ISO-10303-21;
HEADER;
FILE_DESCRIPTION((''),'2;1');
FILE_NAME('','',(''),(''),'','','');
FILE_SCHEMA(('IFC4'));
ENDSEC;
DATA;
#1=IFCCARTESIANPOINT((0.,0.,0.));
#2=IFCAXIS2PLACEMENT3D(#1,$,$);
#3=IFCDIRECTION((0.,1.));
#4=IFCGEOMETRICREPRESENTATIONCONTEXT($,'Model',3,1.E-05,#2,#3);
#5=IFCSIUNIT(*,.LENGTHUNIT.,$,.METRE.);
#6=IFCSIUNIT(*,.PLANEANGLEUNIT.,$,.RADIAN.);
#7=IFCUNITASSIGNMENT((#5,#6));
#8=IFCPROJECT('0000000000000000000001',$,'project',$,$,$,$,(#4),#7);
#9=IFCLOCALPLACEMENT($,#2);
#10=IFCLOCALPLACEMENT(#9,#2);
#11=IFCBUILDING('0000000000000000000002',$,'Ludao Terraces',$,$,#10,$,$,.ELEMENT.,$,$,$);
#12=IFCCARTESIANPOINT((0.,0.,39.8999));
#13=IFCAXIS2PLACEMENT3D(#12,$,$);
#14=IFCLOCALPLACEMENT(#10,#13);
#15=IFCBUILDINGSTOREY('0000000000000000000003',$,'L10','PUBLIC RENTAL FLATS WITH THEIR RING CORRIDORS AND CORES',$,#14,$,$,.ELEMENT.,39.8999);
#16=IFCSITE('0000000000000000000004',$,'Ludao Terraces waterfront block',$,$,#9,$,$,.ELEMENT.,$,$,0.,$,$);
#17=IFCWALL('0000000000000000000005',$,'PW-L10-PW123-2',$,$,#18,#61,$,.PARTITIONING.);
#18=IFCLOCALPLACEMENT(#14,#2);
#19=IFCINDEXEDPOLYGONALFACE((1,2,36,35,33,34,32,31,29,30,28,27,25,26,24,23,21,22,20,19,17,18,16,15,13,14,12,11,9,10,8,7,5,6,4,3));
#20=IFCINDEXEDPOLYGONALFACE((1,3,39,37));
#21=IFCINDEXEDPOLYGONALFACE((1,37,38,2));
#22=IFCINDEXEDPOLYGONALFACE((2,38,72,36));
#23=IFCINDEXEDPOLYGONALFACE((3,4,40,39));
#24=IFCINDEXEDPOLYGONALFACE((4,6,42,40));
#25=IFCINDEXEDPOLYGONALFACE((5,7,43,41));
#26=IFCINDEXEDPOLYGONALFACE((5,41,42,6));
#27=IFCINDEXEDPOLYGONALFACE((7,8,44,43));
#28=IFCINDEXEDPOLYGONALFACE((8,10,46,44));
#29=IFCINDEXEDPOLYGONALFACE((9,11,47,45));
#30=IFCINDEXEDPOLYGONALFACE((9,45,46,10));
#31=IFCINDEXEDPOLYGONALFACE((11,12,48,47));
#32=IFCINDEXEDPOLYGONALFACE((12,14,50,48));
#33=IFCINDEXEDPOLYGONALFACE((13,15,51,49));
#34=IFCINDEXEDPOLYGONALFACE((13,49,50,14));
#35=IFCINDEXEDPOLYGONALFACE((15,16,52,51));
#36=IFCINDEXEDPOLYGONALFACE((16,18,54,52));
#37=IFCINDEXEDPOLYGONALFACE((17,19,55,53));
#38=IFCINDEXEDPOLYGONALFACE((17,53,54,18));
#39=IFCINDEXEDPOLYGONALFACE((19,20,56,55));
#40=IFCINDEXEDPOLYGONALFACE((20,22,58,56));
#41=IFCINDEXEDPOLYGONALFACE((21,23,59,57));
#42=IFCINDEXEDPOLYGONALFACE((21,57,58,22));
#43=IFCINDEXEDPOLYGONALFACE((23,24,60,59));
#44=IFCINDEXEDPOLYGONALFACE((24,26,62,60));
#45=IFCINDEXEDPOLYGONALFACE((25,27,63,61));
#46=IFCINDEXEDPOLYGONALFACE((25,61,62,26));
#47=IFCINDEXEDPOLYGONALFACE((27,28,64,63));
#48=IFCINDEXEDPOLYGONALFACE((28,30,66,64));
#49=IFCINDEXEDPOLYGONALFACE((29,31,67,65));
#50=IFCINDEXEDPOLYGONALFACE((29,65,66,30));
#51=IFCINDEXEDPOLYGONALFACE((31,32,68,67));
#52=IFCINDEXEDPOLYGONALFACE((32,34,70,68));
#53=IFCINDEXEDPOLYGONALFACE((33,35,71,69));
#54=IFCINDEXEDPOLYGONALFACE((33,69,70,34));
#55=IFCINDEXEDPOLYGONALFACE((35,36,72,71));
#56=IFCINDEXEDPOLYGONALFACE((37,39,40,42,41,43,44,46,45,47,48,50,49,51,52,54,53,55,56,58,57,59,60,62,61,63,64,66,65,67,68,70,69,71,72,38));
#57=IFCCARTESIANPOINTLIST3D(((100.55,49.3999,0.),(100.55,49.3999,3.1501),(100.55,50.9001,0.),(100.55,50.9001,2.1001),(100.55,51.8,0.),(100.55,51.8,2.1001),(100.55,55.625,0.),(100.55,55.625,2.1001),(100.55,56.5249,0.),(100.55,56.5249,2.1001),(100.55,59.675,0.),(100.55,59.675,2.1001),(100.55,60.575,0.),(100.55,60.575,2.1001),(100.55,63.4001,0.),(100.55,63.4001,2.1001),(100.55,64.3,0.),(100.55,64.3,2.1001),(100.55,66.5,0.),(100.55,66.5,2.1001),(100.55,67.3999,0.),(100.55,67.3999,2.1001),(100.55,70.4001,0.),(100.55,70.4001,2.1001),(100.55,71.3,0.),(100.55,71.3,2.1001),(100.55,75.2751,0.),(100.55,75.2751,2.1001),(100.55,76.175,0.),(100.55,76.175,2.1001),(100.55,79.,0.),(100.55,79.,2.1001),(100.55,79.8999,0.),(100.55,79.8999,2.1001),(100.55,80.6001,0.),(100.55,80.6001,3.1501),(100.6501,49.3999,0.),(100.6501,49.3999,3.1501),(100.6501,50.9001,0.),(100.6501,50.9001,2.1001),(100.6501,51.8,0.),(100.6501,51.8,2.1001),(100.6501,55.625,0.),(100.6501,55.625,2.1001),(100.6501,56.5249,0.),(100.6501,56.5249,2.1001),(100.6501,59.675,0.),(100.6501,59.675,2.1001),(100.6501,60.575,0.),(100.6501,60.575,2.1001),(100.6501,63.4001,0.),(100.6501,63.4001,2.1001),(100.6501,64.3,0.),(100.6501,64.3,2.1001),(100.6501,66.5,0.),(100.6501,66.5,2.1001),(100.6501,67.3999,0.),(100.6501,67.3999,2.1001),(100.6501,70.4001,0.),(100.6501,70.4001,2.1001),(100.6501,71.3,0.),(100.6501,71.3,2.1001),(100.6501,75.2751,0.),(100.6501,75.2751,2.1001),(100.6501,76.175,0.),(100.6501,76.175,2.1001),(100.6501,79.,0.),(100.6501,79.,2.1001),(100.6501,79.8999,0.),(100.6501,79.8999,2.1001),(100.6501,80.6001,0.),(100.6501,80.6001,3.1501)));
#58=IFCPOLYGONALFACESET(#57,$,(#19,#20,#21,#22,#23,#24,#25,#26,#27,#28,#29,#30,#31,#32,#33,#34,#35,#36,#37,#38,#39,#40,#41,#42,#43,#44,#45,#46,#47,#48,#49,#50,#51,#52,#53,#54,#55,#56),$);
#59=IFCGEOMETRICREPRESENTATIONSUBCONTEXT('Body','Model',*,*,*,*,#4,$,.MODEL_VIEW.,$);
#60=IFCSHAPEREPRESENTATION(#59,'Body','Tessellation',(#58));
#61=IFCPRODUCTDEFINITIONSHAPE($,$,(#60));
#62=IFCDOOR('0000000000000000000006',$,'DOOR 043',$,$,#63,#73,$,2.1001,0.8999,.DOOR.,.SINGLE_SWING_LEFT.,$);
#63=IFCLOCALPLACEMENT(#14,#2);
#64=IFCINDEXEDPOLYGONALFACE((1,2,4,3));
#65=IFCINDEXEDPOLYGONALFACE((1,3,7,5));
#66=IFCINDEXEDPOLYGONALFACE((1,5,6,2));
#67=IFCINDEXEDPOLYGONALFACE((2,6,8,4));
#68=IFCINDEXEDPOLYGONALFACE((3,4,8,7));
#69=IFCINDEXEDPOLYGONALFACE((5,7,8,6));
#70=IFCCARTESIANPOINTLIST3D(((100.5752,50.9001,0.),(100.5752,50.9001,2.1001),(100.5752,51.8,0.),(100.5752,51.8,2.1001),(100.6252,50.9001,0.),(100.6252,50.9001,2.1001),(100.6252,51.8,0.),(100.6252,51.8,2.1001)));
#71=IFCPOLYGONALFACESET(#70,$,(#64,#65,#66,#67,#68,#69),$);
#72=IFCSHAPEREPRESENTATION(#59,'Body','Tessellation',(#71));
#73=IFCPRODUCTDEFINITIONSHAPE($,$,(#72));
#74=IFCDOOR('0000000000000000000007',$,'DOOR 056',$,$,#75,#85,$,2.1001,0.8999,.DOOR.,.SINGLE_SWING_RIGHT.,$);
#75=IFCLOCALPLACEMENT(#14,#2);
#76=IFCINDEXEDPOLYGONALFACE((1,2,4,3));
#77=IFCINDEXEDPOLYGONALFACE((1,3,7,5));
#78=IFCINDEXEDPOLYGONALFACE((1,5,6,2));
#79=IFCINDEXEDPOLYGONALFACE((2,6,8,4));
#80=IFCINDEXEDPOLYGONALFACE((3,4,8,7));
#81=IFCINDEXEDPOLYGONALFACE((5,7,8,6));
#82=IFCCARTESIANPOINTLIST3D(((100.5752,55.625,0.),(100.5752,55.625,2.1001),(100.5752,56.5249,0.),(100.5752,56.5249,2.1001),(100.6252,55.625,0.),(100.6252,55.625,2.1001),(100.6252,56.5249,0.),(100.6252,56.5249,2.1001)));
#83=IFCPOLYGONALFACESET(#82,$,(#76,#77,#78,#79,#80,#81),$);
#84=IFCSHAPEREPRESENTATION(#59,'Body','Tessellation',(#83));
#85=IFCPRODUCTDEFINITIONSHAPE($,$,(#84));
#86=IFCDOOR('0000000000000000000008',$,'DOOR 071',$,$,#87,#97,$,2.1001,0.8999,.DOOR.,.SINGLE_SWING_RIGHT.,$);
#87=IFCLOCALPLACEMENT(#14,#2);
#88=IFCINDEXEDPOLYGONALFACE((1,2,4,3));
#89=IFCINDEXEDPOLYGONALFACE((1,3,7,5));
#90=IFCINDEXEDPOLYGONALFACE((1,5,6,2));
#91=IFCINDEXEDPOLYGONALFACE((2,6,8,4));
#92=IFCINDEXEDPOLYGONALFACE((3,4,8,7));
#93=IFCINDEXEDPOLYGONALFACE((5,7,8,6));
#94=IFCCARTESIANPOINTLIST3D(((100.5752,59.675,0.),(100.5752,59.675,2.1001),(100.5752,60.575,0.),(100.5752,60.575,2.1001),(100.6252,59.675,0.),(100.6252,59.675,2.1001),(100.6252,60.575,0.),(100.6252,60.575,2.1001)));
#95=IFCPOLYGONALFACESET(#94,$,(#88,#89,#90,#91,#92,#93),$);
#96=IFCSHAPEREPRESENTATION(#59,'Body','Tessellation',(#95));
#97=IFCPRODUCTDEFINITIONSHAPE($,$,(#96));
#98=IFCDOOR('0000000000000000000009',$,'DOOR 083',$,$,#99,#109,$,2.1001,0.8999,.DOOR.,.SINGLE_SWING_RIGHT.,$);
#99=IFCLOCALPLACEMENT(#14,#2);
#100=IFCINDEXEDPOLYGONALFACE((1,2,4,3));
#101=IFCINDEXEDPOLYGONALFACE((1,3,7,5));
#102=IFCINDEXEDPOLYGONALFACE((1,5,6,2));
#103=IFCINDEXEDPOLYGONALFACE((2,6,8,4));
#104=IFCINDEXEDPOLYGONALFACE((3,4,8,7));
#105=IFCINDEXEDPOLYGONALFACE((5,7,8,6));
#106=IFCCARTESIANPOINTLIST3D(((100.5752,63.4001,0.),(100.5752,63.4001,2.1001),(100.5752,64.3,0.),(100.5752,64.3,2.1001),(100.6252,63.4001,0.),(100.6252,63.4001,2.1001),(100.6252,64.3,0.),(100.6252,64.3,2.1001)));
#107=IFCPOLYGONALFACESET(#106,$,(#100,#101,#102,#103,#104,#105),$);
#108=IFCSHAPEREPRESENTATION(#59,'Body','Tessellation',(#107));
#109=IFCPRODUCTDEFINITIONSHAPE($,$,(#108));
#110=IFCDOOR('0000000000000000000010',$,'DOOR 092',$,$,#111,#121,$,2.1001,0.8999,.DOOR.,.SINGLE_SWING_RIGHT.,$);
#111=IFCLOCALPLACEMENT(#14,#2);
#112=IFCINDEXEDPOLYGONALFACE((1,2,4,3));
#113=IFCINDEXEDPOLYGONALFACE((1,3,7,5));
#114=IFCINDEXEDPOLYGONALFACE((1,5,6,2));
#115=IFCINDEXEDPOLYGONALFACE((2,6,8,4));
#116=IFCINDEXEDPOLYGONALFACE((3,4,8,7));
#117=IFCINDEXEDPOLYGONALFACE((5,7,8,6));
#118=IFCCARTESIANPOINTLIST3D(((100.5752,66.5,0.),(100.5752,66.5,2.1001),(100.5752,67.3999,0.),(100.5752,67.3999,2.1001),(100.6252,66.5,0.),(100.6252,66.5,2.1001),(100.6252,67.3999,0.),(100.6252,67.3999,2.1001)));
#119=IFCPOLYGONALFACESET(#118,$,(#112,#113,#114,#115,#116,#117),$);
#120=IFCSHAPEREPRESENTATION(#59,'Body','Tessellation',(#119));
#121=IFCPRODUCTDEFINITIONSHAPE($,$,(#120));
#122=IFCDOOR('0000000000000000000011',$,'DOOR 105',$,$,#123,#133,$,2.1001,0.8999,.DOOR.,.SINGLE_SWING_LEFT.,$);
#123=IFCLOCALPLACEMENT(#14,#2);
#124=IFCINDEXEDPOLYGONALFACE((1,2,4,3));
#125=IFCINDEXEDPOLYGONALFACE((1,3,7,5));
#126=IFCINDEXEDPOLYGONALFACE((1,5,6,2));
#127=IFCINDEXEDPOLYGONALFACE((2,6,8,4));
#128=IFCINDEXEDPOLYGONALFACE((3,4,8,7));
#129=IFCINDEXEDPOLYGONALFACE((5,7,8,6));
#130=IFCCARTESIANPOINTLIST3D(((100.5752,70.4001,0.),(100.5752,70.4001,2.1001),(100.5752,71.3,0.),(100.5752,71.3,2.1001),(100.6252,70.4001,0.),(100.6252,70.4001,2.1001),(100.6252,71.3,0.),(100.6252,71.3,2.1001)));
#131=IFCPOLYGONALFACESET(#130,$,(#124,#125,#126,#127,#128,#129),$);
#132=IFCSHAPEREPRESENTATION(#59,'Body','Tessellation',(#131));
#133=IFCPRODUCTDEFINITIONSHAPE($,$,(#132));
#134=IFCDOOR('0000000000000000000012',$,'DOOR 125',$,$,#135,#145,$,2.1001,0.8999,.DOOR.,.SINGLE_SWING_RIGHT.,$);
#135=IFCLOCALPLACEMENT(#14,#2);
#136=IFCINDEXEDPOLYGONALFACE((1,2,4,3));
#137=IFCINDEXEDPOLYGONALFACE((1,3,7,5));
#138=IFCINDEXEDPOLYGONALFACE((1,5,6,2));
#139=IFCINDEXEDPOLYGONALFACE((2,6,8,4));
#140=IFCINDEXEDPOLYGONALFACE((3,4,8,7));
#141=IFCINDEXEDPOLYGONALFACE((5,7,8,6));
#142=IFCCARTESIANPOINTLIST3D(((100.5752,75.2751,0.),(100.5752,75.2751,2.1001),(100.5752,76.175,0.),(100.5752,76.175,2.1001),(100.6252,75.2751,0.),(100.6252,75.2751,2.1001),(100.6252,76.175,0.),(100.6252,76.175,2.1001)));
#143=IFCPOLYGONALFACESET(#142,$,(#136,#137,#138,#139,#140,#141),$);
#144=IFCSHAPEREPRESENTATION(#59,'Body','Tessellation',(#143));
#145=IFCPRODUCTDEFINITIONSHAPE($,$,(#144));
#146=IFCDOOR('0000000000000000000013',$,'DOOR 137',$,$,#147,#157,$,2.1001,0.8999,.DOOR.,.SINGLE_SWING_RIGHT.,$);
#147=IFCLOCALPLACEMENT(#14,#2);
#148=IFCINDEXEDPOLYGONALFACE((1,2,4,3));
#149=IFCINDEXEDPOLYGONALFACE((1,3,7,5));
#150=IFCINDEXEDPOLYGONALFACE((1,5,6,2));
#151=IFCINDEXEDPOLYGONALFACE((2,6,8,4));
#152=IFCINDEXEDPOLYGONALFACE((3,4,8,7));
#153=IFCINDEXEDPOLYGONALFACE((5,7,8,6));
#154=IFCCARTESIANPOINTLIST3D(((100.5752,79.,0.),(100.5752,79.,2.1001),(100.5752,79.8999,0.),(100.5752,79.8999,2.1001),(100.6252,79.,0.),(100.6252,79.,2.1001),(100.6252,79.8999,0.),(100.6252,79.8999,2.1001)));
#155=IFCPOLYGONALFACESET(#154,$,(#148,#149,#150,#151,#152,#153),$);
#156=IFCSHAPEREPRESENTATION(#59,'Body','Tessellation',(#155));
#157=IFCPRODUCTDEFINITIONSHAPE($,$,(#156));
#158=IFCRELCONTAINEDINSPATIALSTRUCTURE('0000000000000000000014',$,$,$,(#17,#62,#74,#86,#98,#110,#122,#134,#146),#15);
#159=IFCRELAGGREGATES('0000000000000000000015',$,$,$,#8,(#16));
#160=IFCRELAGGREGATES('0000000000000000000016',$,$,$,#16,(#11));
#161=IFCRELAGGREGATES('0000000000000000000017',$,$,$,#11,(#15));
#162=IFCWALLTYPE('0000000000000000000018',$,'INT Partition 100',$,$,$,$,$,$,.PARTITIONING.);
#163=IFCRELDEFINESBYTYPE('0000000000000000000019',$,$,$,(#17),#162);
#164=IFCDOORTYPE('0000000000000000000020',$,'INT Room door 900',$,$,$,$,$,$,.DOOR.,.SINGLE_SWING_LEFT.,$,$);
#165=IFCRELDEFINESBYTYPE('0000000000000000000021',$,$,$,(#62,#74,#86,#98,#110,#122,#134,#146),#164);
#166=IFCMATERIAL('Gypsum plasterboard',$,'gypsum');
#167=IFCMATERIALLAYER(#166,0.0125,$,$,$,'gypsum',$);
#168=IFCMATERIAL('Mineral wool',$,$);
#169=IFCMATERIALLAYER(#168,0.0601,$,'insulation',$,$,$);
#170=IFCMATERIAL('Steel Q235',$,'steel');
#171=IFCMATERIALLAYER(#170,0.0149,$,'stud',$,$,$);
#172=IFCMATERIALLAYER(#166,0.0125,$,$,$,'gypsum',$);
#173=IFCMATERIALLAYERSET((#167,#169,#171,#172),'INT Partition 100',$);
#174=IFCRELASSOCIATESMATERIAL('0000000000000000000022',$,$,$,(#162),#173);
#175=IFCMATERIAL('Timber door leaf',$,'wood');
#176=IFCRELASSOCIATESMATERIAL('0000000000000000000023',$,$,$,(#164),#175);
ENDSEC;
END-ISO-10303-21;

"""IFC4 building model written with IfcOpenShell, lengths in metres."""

from ifc_helpers import new_model, si_unit, direction, frame, frame_2d, origin, place, context, subcontext, project, spatial, rectangle, extrude, material, layer, layer_set, type_object, element, fill, save


model = new_model("IFC4")

# Units and contexts
model_context = context("Model", 3, precision=1e-05, world=origin(), true_north=direction((0.0, 1.0)))
body_context = subcontext(model_context, "Body", "Model", "MODEL_VIEW")
ifc_project = project(units=[si_unit("LENGTHUNIT", "METRE"), si_unit("PLANEANGLEUNIT", "RADIAN")], contexts=[model_context])

# Site, building, storey
site_placement = place(None, origin())
site = spatial("IfcSite", under=ifc_project, at=site_placement, Name="Ludao Terraces waterfront block", CompositionType="ELEMENT", RefElevation=0.0)
building_placement = place(site_placement, origin())
building = spatial("IfcBuilding", under=site, at=building_placement, Name="Ludao Terraces", CompositionType="ELEMENT")
storey_placement = place(building_placement, frame((0.0, 0.0, 39.8999)))
storey = spatial("IfcBuildingStorey", under=building, at=storey_placement, Name="L10", Description="PUBLIC RENTAL FLATS WITH THEIR RING CORRIDORS AND CORES", CompositionType="ELEMENT", Elevation=39.8999)

# Shared definitions
ifc_material_1 = material(Name="Gypsum plasterboard", Category="gypsum")
ifc_layer_1 = layer(ifc_material_1, 0.0125, Category="gypsum")
ifc_material_2 = material(Name="Mineral wool")
ifc_layer_2 = layer(ifc_material_2, 0.0601, Name="insulation")
ifc_material_3 = material(Name="Steel Q235", Category="steel")
ifc_layer_3 = layer(ifc_material_3, 0.0149, Name="stud")
ifc_layer_4 = layer(ifc_material_1, 0.0125, Category="gypsum")
ifc_layer_set = layer_set([ifc_layer_1, ifc_layer_2, ifc_layer_3, ifc_layer_4], Name="INT Partition 100")
wall_type = type_object("IfcWallType", Name="INT Partition 100", PredefinedType="PARTITIONING", material=ifc_layer_set)

# Wall, openings, doors
ifc_material_4 = material(Name="Timber door leaf", Category="wood")
door_type_1 = type_object("IfcDoorType", Name="INT Room door 900", OperationType="SINGLE_SWING_LEFT", PredefinedType="DOOR", material=ifc_material_4)
wall_1_placement = place(storey_placement, frame((100.6001, 49.3999, 0.0), z_axis=(0.0, 0.0, 1.0), x_axis=(0.0, 1.0, 0.0)))
wall_1 = element("IfcWall", 1, at=wall_1_placement, inside=storey, type_object=wall_type, Name="PW-L10-PW123-2", PredefinedType="PARTITIONING", context=body_context, shape_type="SweptSolid", body=[
    extrude(rectangle(XDim=31.2002, YDim=0.1001, at=frame_2d((15.6001, 0.0))), origin(), (0.0, 0.0, 1.0), 3.1501),
])
opening_1_placement = place(wall_1_placement, frame((1.5002, 0.0, 0.0)))
opening_1 = element("IfcOpeningElement", 2, at=opening_1_placement, cuts=wall_1, PredefinedType="OPENING", context=body_context, shape_type="SweptSolid", body=[
    extrude(rectangle(XDim=0.8999, YDim=2.1001, at=frame_2d((0.45, 1.05))), frame((0.0, 0.0601, 0.0), z_axis=(0.0, -1.0, 0.0), x_axis=(1.0, 0.0, 0.0)), (0.0, 0.0, 1.0), 0.1201),
])
opening_2_placement = place(wall_1_placement, frame((6.2251, 0.0, 0.0)))
opening_2 = element("IfcOpeningElement", 3, at=opening_2_placement, cuts=wall_1, PredefinedType="OPENING", context=body_context, shape_type="SweptSolid", body=[
    extrude(rectangle(XDim=0.8999, YDim=2.1001, at=frame_2d((0.45, 1.05))), frame((0.0, 0.0601, 0.0), z_axis=(0.0, -1.0, 0.0), x_axis=(1.0, 0.0, 0.0)), (0.0, 0.0, 1.0), 0.1201),
])
opening_3_placement = place(wall_1_placement, frame((10.2751, 0.0, 0.0)))
opening_3 = element("IfcOpeningElement", 4, at=opening_3_placement, cuts=wall_1, PredefinedType="OPENING", context=body_context, shape_type="SweptSolid", body=[
    extrude(rectangle(XDim=0.8999, YDim=2.1001, at=frame_2d((0.45, 1.05))), frame((0.0, 0.0601, 0.0), z_axis=(0.0, -1.0, 0.0), x_axis=(1.0, 0.0, 0.0)), (0.0, 0.0, 1.0), 0.1201),
])
opening_4_placement = place(wall_1_placement, frame((14.0002, 0.0, 0.0)))
opening_4 = element("IfcOpeningElement", 5, at=opening_4_placement, cuts=wall_1, PredefinedType="OPENING", context=body_context, shape_type="SweptSolid", body=[
    extrude(rectangle(XDim=0.8999, YDim=2.1001, at=frame_2d((0.45, 1.05))), frame((0.0, 0.0601, 0.0), z_axis=(0.0, -1.0, 0.0), x_axis=(1.0, 0.0, 0.0)), (0.0, 0.0, 1.0), 0.1201),
])
opening_5_placement = place(wall_1_placement, frame((17.1001, 0.0, 0.0)))
opening_5 = element("IfcOpeningElement", 6, at=opening_5_placement, cuts=wall_1, PredefinedType="OPENING", context=body_context, shape_type="SweptSolid", body=[
    extrude(rectangle(XDim=0.8999, YDim=2.1001, at=frame_2d((0.45, 1.05))), frame((0.0, 0.0601, 0.0), z_axis=(0.0, -1.0, 0.0), x_axis=(1.0, 0.0, 0.0)), (0.0, 0.0, 1.0), 0.1201),
])
opening_6_placement = place(wall_1_placement, frame((21.0002, 0.0, 0.0)))
opening_6 = element("IfcOpeningElement", 7, at=opening_6_placement, cuts=wall_1, PredefinedType="OPENING", context=body_context, shape_type="SweptSolid", body=[
    extrude(rectangle(XDim=0.8999, YDim=2.1001, at=frame_2d((0.45, 1.05))), frame((0.0, 0.0601, 0.0), z_axis=(0.0, -1.0, 0.0), x_axis=(1.0, 0.0, 0.0)), (0.0, 0.0, 1.0), 0.1201),
])
opening_7_placement = place(wall_1_placement, frame((25.8752, 0.0, 0.0)))
opening_7 = element("IfcOpeningElement", 8, at=opening_7_placement, cuts=wall_1, PredefinedType="OPENING", context=body_context, shape_type="SweptSolid", body=[
    extrude(rectangle(XDim=0.8999, YDim=2.1001, at=frame_2d((0.45, 1.05))), frame((0.0, 0.0601, 0.0), z_axis=(0.0, -1.0, 0.0), x_axis=(1.0, 0.0, 0.0)), (0.0, 0.0, 1.0), 0.1201),
])
opening_8_placement = place(wall_1_placement, frame((29.6001, 0.0, 0.0)))
opening_8 = element("IfcOpeningElement", 9, at=opening_8_placement, cuts=wall_1, PredefinedType="OPENING", context=body_context, shape_type="SweptSolid", body=[
    extrude(rectangle(XDim=0.8999, YDim=2.1001, at=frame_2d((0.45, 1.05))), frame((0.0, 0.0601, 0.0), z_axis=(0.0, -1.0, 0.0), x_axis=(1.0, 0.0, 0.0)), (0.0, 0.0, 1.0), 0.1201),
])
door_1_placement = place(opening_1_placement, origin())
door_1 = element("IfcDoor", 10, at=door_1_placement, inside=storey, type_object=door_type_1, Name="DOOR 043", OperationType="SINGLE_SWING_LEFT", OverallHeight=2.1001, OverallWidth=0.8999, PredefinedType="DOOR", context=body_context, shape_type="SweptSolid", body=[
    extrude(rectangle(XDim=0.8999, YDim=2.1001, at=frame_2d((0.45, 1.05))), frame((0.0, 0.0249, 0.0), z_axis=(0.0, -1.0, 0.0), x_axis=(1.0, 0.0, 0.0)), (0.0, 0.0, 1.0), 0.05),
])
fill(opening_1, door_1)
door_2_placement = place(opening_2_placement, origin())
door_2 = element("IfcDoor", 11, at=door_2_placement, inside=storey, type_object=door_type_1, Name="DOOR 056", OperationType="SINGLE_SWING_RIGHT", OverallHeight=2.1001, OverallWidth=0.8999, PredefinedType="DOOR", context=body_context, shape_type="SweptSolid", body=[
    extrude(rectangle(XDim=0.8999, YDim=2.1001, at=frame_2d((0.45, 1.05))), frame((0.0, 0.0249, 0.0), z_axis=(0.0, -1.0, 0.0), x_axis=(1.0, 0.0, 0.0)), (0.0, 0.0, 1.0), 0.05),
])
fill(opening_2, door_2)
door_3_placement = place(opening_3_placement, origin())
door_3 = element("IfcDoor", 12, at=door_3_placement, inside=storey, type_object=door_type_1, Name="DOOR 071", OperationType="SINGLE_SWING_RIGHT", OverallHeight=2.1001, OverallWidth=0.8999, PredefinedType="DOOR", context=body_context, shape_type="SweptSolid", body=[
    extrude(rectangle(XDim=0.8999, YDim=2.1001, at=frame_2d((0.45, 1.05))), frame((0.0, 0.0249, 0.0), z_axis=(0.0, -1.0, 0.0), x_axis=(1.0, 0.0, 0.0)), (0.0, 0.0, 1.0), 0.05),
])
fill(opening_3, door_3)
door_4_placement = place(opening_4_placement, origin())
door_4 = element("IfcDoor", 13, at=door_4_placement, inside=storey, type_object=door_type_1, Name="DOOR 083", OperationType="SINGLE_SWING_RIGHT", OverallHeight=2.1001, OverallWidth=0.8999, PredefinedType="DOOR", context=body_context, shape_type="SweptSolid", body=[
    extrude(rectangle(XDim=0.8999, YDim=2.1001, at=frame_2d((0.45, 1.05))), frame((0.0, 0.0249, 0.0), z_axis=(0.0, -1.0, 0.0), x_axis=(1.0, 0.0, 0.0)), (0.0, 0.0, 1.0), 0.05),
])
fill(opening_4, door_4)
door_5_placement = place(opening_5_placement, origin())
door_5 = element("IfcDoor", 14, at=door_5_placement, inside=storey, type_object=door_type_1, Name="DOOR 092", OperationType="SINGLE_SWING_RIGHT", OverallHeight=2.1001, OverallWidth=0.8999, PredefinedType="DOOR", context=body_context, shape_type="SweptSolid", body=[
    extrude(rectangle(XDim=0.8999, YDim=2.1001, at=frame_2d((0.45, 1.05))), frame((0.0, 0.0249, 0.0), z_axis=(0.0, -1.0, 0.0), x_axis=(1.0, 0.0, 0.0)), (0.0, 0.0, 1.0), 0.05),
])
fill(opening_5, door_5)
door_6_placement = place(opening_6_placement, origin())
door_6 = element("IfcDoor", 15, at=door_6_placement, inside=storey, type_object=door_type_1, Name="DOOR 105", OperationType="SINGLE_SWING_LEFT", OverallHeight=2.1001, OverallWidth=0.8999, PredefinedType="DOOR", context=body_context, shape_type="SweptSolid", body=[
    extrude(rectangle(XDim=0.8999, YDim=2.1001, at=frame_2d((0.45, 1.05))), frame((0.0, 0.0249, 0.0), z_axis=(0.0, -1.0, 0.0), x_axis=(1.0, 0.0, 0.0)), (0.0, 0.0, 1.0), 0.05),
])
fill(opening_6, door_6)
door_7_placement = place(opening_7_placement, origin())
door_7 = element("IfcDoor", 16, at=door_7_placement, inside=storey, type_object=door_type_1, Name="DOOR 125", OperationType="SINGLE_SWING_RIGHT", OverallHeight=2.1001, OverallWidth=0.8999, PredefinedType="DOOR", context=body_context, shape_type="SweptSolid", body=[
    extrude(rectangle(XDim=0.8999, YDim=2.1001, at=frame_2d((0.45, 1.05))), frame((0.0, 0.0249, 0.0), z_axis=(0.0, -1.0, 0.0), x_axis=(1.0, 0.0, 0.0)), (0.0, 0.0, 1.0), 0.05),
])
fill(opening_7, door_7)
door_8_placement = place(opening_8_placement, origin())
door_8 = element("IfcDoor", 17, at=door_8_placement, inside=storey, type_object=door_type_1, Name="DOOR 137", OperationType="SINGLE_SWING_RIGHT", OverallHeight=2.1001, OverallWidth=0.8999, PredefinedType="DOOR", context=body_context, shape_type="SweptSolid", body=[
    extrude(rectangle(XDim=0.8999, YDim=2.1001, at=frame_2d((0.45, 1.05))), frame((0.0, 0.0249, 0.0), z_axis=(0.0, -1.0, 0.0), x_axis=(1.0, 0.0, 0.0)), (0.0, 0.0, 1.0), 0.05),
])
fill(opening_8, door_8)

save(model, "model.ifc")
